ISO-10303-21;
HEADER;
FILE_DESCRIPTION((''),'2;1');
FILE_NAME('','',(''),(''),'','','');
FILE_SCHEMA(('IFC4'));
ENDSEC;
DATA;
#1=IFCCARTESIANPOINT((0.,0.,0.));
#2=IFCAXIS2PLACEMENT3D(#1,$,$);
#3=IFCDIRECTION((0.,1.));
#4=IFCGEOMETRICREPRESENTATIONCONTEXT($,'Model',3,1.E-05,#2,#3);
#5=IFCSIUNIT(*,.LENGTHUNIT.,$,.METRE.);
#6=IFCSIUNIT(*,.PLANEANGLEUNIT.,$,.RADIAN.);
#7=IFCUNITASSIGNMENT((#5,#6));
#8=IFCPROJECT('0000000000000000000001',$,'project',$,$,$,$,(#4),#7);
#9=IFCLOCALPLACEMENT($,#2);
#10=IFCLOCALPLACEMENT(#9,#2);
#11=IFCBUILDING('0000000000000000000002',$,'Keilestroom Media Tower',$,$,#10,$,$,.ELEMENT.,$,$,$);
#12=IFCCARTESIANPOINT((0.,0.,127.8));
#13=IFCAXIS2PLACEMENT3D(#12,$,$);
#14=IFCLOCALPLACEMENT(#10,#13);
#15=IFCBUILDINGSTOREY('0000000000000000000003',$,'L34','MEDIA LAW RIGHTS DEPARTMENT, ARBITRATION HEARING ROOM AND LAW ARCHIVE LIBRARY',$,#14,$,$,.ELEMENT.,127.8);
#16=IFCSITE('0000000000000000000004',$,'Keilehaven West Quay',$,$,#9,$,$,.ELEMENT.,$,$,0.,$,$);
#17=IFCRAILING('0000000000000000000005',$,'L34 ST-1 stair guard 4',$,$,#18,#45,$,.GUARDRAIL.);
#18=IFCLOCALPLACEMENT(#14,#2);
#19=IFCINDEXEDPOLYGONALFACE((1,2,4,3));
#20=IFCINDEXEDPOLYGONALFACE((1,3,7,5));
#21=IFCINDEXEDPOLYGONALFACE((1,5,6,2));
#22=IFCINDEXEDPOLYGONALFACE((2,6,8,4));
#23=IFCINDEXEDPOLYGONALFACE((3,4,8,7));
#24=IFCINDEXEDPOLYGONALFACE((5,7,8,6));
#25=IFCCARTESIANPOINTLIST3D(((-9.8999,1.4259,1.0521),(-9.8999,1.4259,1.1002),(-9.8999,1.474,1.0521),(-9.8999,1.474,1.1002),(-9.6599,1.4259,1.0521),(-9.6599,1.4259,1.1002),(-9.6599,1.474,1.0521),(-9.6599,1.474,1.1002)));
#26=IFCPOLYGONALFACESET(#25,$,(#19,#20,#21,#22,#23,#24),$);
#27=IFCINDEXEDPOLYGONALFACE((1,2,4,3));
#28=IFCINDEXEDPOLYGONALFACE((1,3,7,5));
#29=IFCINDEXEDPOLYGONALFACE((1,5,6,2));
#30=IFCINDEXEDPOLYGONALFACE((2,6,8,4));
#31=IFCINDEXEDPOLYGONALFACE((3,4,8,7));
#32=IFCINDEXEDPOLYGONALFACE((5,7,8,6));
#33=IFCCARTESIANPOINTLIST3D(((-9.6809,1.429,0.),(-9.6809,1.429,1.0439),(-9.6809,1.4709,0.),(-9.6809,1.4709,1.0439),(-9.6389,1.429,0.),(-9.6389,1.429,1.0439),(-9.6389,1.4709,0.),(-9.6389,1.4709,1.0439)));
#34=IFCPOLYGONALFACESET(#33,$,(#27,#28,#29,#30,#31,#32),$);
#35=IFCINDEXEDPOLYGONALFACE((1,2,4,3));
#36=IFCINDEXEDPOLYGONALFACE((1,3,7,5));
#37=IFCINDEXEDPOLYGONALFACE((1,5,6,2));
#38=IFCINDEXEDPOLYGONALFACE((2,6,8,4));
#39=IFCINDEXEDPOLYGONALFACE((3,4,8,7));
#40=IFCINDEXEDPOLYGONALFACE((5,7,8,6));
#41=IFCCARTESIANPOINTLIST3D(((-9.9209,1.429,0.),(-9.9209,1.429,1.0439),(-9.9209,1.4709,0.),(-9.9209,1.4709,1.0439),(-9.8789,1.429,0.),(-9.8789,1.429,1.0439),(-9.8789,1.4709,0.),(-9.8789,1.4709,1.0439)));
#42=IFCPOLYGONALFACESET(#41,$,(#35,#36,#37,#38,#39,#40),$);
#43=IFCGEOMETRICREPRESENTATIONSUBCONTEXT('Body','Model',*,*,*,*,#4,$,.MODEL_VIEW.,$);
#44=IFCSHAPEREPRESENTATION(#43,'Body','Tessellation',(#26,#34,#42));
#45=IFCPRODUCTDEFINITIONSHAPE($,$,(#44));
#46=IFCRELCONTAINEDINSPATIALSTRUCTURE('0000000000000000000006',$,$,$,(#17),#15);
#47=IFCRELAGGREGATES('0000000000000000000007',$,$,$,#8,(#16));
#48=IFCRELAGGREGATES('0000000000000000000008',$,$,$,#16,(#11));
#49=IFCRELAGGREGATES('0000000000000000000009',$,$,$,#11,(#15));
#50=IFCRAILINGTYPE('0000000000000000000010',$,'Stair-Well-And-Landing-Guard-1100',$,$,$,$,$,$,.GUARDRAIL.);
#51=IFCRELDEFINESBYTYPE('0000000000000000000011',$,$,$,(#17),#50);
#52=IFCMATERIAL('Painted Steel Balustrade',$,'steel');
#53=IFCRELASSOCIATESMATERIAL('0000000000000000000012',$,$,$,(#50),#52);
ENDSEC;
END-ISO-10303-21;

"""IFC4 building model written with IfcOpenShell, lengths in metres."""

from ifc_helpers import new_model, si_unit, direction, frame, origin, origin_2d, place, context, subcontext, project, spatial, rectangle, extrude, material, type_object, element, save


model = new_model("IFC4")

# Units and contexts
model_context = context("Model", 3, precision=1e-05, world=origin(), true_north=direction((0.0, 1.0)))
body_context = subcontext(model_context, "Body", "Model", "MODEL_VIEW")
ifc_project = project(units=[si_unit("LENGTHUNIT", "METRE"), si_unit("PLANEANGLEUNIT", "RADIAN")], contexts=[model_context])

# Site, building, storey
site_placement = place(None, origin())
site = spatial("IfcSite", under=ifc_project, at=site_placement, Name="Keilehaven West Quay", CompositionType="ELEMENT", RefElevation=0.0)
building_placement = place(site_placement, origin())
building = spatial("IfcBuilding", under=site, at=building_placement, Name="Keilestroom Media Tower", CompositionType="ELEMENT")
storey_placement = place(building_placement, frame((0.0, 0.0, 127.8)))
storey = spatial("IfcBuildingStorey", under=building, at=storey_placement, Name="L34", Description="MEDIA LAW RIGHTS DEPARTMENT, ARBITRATION HEARING ROOM AND LAW ARCHIVE LIBRARY", CompositionType="ELEMENT", Elevation=127.8)

# Railing
ifc_material_1 = material(Name="Painted Steel Balustrade", Category="steel")
railing_type_1 = type_object("IfcRailingType", Name="Stair-Well-And-Landing-Guard-1100", PredefinedType="GUARDRAIL", material=ifc_material_1)
railing_1_placement = place(storey_placement, frame((-9.6599, 1.45, 0.0)))
element("IfcRailing", 1, at=railing_1_placement, inside=storey, type_object=railing_type_1, Name="L34 ST-1 stair guard 4", PredefinedType="GUARDRAIL", context=body_context, shape_type="SweptSolid", body=[
    extrude(rectangle(XDim=0.0481, YDim=0.0481, at=origin_2d()), frame((0.0, 0.0, 1.0762), z_axis=(-1.0, 0.0, 0.0), x_axis=(0.0, -1.0, 0.0)), (0.0, 0.0, 1.0), 0.24),
    extrude(rectangle(XDim=0.042, YDim=0.042, at=origin_2d()), origin(), (0.0, 0.0, 1.0), 1.0439),
    extrude(rectangle(XDim=0.042, YDim=0.042, at=origin_2d()), frame((-0.24, 0.0, 0.0)), (0.0, 0.0, 1.0), 1.0439),
])

save(model, "model.ifc")
